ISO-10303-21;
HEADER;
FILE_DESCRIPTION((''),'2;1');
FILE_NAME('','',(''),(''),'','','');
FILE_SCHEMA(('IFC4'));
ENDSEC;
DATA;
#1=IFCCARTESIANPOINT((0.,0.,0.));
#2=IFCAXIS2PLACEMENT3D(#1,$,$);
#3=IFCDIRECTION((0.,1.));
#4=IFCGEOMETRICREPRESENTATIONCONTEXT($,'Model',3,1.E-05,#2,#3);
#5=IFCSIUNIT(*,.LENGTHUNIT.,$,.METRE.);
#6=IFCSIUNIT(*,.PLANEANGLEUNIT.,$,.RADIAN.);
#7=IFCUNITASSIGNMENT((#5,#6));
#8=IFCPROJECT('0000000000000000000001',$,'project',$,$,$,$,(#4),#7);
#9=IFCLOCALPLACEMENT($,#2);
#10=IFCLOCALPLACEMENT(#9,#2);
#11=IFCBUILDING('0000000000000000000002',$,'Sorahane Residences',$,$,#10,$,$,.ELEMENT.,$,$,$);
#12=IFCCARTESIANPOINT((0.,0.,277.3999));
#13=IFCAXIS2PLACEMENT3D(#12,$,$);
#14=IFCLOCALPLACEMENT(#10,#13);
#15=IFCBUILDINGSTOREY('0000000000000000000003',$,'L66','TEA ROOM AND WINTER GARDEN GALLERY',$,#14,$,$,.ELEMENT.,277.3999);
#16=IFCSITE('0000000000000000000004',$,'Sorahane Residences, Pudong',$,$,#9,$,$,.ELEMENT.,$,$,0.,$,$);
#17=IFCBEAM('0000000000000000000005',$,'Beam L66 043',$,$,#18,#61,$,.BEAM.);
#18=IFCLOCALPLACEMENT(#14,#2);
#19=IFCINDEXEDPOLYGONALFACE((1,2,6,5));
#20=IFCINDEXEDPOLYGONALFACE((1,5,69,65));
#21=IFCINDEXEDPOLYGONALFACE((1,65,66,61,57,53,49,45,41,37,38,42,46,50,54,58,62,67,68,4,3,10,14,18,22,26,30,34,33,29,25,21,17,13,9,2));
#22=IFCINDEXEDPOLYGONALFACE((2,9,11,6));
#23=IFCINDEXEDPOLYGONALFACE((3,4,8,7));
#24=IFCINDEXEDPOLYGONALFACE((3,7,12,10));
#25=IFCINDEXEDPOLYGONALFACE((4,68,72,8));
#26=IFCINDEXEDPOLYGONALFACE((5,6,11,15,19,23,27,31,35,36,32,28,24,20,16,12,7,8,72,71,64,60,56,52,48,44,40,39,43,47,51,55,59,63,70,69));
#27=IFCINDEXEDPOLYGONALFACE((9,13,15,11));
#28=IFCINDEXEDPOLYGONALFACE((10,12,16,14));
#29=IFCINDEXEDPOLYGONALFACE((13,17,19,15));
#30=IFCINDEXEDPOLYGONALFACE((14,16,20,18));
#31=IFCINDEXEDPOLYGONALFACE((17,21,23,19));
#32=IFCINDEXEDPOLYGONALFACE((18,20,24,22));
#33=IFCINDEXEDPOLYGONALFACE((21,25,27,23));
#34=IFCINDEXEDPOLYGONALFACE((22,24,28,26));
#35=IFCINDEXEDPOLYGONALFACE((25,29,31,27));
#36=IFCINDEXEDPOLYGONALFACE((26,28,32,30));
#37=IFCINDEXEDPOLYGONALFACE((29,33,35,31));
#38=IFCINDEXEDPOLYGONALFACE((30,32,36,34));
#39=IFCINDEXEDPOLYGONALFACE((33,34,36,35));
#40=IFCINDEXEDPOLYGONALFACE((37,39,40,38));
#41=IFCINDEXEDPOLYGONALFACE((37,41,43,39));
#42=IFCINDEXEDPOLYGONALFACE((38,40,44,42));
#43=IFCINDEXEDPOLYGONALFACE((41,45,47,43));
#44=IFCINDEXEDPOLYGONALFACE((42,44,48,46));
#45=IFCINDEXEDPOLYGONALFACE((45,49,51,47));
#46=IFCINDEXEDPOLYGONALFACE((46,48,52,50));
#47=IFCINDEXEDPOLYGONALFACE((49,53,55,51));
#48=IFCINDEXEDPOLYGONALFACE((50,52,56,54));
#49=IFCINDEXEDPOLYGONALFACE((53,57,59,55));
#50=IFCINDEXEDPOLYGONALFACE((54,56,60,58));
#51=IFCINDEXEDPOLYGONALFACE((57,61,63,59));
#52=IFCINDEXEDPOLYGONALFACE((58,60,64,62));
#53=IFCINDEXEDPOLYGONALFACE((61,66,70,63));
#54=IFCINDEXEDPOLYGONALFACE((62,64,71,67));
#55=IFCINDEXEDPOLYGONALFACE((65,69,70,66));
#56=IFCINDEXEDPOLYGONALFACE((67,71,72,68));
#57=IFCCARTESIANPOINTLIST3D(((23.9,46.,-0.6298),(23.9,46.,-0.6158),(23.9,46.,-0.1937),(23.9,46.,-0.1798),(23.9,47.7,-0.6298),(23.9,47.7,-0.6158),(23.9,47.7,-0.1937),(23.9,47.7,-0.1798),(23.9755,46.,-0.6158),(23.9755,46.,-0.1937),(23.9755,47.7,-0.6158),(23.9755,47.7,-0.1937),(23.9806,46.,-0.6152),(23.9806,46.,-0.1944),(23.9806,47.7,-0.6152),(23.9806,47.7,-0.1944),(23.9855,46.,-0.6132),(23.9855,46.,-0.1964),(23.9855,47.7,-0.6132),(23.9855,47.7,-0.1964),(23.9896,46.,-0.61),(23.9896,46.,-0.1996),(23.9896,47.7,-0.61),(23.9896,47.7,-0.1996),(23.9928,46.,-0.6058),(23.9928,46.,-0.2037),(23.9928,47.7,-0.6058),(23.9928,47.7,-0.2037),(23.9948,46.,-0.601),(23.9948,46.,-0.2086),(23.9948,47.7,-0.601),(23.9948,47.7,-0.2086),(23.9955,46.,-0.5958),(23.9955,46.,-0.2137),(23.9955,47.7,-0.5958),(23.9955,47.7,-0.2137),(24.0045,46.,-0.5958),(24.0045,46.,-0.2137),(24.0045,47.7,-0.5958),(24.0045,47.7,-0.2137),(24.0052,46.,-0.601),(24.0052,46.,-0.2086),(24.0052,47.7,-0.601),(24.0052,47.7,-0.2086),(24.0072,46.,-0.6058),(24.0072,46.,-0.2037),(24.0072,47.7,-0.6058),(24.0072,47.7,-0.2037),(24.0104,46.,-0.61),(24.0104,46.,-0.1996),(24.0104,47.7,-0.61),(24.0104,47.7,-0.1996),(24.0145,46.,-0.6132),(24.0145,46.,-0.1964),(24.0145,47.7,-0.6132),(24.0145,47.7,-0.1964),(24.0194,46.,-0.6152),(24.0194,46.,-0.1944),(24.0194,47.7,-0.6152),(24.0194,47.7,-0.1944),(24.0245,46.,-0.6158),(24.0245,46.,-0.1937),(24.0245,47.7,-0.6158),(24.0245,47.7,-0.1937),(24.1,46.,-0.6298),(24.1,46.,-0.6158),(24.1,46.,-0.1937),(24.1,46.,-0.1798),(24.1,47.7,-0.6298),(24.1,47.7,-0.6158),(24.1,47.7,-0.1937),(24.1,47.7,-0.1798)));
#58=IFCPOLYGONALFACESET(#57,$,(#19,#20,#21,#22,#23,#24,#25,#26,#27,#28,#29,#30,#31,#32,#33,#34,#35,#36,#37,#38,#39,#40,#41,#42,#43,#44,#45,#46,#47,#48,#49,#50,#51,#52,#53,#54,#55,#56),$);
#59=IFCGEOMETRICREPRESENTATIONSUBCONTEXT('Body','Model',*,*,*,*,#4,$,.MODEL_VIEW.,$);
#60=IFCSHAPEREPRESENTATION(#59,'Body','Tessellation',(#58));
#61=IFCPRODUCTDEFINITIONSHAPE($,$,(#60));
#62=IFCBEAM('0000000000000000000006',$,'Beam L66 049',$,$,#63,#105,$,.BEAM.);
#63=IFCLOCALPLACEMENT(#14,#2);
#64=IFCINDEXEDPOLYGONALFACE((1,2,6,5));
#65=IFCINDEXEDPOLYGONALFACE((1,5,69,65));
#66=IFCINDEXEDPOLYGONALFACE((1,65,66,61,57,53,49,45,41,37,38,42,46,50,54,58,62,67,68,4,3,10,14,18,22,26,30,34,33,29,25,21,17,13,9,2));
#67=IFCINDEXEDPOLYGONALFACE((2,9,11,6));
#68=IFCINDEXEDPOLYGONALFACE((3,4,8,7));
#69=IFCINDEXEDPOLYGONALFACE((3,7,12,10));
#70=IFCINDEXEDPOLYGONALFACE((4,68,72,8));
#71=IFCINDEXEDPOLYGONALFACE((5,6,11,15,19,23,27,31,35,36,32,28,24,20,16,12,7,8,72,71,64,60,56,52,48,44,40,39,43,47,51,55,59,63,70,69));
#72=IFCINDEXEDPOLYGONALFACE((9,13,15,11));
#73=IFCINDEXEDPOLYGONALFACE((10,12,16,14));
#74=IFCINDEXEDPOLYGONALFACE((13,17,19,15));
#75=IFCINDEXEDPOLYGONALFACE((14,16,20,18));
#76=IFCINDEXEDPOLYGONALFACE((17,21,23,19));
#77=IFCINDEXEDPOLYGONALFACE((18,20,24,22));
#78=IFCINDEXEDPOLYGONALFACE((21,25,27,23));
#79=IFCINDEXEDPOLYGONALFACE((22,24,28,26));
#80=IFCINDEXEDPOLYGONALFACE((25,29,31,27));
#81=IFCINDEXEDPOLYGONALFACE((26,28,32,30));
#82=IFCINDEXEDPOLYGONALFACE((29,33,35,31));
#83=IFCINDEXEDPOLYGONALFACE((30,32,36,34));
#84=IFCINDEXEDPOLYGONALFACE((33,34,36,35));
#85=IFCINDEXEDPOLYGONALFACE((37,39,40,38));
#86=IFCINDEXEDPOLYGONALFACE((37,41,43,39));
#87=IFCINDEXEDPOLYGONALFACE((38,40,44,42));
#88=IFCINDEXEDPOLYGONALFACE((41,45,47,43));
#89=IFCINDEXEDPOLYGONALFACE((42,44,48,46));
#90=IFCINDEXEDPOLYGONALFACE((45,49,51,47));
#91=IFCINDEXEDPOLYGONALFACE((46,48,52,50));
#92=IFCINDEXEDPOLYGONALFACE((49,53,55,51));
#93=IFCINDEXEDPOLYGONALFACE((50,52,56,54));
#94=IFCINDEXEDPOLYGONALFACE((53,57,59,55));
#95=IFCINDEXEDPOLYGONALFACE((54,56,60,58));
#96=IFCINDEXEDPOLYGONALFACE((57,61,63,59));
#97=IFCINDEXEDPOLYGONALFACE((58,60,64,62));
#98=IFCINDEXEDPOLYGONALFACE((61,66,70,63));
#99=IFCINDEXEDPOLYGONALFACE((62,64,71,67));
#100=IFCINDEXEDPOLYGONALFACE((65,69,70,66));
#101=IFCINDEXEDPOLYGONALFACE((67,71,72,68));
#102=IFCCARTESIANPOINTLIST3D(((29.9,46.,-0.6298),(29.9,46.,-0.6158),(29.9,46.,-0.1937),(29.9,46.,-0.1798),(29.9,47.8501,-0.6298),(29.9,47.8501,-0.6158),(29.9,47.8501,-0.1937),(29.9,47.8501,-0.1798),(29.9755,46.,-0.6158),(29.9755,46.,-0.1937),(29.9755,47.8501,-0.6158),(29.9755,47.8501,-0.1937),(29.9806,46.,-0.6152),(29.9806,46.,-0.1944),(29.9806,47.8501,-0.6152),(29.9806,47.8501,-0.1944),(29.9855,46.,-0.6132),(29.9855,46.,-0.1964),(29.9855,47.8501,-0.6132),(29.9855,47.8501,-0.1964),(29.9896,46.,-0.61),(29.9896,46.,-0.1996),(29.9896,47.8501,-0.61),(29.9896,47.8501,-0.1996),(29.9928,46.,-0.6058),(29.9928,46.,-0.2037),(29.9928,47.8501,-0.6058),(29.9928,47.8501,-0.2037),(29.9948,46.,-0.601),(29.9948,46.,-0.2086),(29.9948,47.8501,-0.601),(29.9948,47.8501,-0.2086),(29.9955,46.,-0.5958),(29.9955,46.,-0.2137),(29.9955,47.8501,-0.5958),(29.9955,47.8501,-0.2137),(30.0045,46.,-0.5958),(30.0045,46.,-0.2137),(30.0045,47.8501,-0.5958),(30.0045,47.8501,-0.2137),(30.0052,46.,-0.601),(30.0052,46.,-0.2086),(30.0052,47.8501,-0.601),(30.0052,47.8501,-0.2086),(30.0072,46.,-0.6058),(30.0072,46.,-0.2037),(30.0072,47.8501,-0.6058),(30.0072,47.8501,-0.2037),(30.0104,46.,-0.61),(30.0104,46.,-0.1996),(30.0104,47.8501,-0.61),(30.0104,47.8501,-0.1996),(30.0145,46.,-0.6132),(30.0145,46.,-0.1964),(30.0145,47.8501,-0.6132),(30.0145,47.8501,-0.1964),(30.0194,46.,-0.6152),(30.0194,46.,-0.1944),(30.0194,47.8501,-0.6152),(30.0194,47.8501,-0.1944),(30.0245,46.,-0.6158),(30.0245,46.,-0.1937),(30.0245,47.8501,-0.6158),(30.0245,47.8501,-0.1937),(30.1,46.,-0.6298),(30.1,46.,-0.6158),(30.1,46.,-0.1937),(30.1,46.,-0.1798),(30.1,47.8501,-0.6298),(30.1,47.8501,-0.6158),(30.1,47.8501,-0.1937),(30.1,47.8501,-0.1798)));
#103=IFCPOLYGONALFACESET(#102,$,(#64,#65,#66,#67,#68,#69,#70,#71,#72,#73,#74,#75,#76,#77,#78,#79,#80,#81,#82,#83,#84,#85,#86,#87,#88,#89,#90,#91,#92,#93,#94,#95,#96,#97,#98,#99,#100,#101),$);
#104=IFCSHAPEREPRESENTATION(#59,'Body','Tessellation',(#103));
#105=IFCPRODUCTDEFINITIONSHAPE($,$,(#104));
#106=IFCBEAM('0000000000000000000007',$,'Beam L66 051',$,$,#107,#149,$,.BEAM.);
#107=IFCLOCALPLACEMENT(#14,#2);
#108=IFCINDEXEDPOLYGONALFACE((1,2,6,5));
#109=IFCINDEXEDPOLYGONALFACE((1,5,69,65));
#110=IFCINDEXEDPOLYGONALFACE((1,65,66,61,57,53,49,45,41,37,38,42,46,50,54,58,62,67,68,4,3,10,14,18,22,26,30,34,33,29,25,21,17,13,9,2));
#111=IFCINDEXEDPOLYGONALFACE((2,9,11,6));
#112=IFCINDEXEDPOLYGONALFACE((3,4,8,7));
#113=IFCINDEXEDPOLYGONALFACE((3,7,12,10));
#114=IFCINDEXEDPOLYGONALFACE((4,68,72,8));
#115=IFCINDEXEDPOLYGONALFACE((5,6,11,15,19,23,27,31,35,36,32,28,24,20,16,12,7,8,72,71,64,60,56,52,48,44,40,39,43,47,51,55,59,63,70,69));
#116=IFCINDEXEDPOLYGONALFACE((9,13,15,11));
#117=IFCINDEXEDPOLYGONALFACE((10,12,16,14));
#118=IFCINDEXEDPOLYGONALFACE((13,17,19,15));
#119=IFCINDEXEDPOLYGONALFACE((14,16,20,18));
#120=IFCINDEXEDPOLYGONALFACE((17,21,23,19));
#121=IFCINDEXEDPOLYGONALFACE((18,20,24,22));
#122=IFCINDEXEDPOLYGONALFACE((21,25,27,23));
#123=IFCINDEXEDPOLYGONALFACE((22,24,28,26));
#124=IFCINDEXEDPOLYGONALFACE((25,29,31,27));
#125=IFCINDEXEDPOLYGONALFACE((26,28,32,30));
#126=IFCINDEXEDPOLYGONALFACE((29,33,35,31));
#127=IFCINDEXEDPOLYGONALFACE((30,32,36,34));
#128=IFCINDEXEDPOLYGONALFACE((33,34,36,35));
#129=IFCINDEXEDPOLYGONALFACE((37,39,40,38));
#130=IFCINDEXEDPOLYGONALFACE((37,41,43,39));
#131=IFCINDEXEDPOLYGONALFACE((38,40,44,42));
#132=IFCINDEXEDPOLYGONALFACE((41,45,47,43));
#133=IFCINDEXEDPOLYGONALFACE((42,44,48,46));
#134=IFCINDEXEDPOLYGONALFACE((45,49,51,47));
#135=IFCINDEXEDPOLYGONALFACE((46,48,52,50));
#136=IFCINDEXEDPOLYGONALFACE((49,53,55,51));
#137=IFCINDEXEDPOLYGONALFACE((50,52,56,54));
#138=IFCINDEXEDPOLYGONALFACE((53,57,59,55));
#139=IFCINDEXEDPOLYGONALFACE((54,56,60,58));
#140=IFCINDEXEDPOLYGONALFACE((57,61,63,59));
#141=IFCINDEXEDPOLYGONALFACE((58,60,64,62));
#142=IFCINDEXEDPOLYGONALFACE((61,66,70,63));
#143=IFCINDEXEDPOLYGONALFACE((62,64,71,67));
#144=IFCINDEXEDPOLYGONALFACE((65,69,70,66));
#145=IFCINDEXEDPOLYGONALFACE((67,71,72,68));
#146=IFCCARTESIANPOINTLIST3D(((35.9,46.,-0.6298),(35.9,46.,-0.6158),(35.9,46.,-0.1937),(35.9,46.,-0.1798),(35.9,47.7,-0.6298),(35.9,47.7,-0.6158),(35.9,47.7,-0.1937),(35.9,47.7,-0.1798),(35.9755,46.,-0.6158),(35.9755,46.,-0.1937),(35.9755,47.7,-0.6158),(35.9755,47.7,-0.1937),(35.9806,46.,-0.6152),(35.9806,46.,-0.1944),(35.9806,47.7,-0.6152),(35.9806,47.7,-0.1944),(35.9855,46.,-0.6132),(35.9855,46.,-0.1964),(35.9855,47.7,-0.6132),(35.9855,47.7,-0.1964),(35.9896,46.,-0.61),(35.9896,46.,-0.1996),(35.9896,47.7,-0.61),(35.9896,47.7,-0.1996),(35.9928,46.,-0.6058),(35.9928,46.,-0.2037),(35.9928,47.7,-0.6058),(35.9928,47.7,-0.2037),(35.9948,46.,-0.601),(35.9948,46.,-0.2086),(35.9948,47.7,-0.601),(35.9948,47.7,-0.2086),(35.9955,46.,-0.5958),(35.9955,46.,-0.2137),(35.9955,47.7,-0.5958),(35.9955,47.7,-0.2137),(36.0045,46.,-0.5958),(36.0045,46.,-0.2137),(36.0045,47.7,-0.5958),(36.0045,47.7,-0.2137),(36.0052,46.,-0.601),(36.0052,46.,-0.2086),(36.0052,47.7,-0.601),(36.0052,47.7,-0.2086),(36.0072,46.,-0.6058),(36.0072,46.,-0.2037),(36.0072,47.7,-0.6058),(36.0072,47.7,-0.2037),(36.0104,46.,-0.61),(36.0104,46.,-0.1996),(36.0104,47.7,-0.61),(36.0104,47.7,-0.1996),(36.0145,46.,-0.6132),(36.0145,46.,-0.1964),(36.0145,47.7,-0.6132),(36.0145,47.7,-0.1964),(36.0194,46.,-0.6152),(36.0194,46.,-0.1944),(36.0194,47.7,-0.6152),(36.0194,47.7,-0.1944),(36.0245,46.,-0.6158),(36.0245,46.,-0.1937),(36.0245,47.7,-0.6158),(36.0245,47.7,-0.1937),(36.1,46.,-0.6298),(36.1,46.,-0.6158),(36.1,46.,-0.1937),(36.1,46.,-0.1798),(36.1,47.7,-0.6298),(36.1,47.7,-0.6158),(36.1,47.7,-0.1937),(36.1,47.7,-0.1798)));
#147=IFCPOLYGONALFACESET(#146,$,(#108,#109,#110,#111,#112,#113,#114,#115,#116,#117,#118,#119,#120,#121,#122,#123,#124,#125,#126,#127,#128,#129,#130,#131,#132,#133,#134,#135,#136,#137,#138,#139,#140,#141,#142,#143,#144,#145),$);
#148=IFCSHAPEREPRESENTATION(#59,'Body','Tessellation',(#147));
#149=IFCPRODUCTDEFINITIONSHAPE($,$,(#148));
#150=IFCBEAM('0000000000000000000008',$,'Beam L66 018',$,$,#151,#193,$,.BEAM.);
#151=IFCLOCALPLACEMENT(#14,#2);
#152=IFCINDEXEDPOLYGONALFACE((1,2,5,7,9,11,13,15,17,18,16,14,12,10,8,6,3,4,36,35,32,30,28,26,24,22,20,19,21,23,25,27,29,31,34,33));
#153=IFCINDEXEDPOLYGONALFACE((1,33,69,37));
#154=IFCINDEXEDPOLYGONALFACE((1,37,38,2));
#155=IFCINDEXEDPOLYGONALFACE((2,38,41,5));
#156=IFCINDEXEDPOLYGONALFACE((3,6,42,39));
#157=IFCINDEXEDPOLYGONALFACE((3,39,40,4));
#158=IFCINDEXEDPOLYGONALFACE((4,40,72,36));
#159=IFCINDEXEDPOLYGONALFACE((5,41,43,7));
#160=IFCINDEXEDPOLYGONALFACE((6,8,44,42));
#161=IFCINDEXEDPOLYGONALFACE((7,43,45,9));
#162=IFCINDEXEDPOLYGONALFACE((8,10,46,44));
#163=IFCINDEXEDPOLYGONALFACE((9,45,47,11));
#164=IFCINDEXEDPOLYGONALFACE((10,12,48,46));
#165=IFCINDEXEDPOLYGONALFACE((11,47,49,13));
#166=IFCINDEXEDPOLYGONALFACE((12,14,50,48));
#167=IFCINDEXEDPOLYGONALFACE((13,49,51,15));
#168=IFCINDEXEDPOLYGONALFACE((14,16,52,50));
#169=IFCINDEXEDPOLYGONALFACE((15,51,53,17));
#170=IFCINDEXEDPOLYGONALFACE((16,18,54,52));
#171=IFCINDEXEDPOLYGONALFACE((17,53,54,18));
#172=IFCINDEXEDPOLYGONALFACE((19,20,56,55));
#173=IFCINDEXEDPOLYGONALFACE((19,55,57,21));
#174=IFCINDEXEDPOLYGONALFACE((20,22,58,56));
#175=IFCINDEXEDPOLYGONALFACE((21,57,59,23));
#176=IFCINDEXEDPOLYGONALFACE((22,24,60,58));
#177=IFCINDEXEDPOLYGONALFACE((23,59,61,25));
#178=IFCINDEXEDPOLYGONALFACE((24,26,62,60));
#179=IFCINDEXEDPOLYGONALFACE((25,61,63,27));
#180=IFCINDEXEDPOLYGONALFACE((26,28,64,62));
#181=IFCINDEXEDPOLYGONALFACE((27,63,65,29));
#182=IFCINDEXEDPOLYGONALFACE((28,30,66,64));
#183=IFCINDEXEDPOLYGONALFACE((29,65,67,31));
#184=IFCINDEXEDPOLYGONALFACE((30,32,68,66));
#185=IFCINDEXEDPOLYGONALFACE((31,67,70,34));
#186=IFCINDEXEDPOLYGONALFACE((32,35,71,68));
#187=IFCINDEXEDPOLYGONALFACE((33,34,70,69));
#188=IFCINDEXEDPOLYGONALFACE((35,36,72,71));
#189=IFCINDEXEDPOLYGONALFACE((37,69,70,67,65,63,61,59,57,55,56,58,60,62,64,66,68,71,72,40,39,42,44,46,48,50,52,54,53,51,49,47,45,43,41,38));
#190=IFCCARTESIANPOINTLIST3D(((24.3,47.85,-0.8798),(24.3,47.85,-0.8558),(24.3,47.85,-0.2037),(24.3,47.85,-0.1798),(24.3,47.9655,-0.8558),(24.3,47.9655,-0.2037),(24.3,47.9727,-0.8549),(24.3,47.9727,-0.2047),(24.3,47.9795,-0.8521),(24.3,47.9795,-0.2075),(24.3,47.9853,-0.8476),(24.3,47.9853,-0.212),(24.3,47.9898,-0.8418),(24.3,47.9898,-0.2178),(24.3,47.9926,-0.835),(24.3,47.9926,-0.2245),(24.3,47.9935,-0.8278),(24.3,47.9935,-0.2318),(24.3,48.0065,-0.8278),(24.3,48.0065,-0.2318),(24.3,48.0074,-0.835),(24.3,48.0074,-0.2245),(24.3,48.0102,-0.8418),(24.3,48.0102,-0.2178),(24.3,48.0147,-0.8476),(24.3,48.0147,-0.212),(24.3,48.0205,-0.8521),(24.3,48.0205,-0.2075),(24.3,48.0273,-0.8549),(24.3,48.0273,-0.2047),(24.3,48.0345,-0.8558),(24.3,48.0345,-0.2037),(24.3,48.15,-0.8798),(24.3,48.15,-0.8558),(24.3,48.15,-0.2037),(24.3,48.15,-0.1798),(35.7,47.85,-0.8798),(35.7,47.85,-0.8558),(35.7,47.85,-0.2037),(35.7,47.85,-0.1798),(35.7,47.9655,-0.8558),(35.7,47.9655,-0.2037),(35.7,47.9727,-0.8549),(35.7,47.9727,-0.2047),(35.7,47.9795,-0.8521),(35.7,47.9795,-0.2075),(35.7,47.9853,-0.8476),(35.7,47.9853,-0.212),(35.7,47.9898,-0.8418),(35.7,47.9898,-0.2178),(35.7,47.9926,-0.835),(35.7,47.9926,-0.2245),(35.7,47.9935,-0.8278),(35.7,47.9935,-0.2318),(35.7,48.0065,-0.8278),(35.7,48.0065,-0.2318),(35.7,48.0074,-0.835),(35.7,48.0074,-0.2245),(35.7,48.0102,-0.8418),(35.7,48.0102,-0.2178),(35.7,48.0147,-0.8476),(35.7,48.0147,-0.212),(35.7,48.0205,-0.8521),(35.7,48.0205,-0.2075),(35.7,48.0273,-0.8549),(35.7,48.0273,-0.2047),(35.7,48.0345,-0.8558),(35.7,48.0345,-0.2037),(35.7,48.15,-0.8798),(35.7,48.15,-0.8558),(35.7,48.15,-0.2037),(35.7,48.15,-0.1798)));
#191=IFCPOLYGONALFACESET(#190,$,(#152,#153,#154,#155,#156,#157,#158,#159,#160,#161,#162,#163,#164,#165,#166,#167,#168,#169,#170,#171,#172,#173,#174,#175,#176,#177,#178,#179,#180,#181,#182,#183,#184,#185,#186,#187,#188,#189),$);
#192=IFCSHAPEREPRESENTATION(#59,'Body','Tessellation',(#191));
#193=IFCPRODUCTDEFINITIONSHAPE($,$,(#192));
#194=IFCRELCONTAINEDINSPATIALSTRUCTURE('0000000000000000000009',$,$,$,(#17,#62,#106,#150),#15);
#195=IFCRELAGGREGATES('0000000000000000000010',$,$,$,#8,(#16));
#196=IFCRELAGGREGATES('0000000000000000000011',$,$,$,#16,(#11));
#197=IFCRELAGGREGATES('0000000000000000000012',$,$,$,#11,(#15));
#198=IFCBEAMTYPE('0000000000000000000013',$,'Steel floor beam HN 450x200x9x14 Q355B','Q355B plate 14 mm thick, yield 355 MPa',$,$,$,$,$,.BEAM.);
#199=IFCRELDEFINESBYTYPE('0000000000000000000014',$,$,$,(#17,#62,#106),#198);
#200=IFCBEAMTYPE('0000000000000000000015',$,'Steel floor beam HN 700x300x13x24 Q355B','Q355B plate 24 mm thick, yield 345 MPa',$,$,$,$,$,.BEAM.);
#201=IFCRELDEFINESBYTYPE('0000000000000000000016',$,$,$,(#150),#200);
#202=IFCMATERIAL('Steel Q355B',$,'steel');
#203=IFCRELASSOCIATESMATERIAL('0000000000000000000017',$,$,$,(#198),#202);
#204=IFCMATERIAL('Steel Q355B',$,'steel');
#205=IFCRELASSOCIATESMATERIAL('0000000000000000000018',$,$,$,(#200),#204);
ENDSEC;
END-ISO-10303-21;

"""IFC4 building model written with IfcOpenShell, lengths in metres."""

from ifc_helpers import new_model, si_unit, direction, frame, origin, origin_2d, place, context, subcontext, project, spatial, i_section, extrude, material, material_profile, profile_set, type_object, element, save


model = new_model("IFC4")

# Units and contexts
model_context = context("Model", 3, precision=1e-05, world=origin(), true_north=direction((0.0, 1.0)))
body_context = subcontext(model_context, "Body", "Model", "MODEL_VIEW")
ifc_project = project(units=[si_unit("LENGTHUNIT", "METRE"), si_unit("PLANEANGLEUNIT", "RADIAN")], contexts=[model_context])

# Site, building, storey
site_placement = place(None, origin())
site = spatial("IfcSite", under=ifc_project, at=site_placement, Name="Sorahane Residences, Pudong", CompositionType="ELEMENT", RefElevation=0.0)
building_placement = place(site_placement, origin())
building = spatial("IfcBuilding", under=site, at=building_placement, Name="Sorahane Residences", CompositionType="ELEMENT")
storey_placement = place(building_placement, frame((0.0, 0.0, 277.3999)))
storey = spatial("IfcBuildingStorey", under=building, at=storey_placement, Name="L66", Description="TEA ROOM AND WINTER GARDEN GALLERY", CompositionType="ELEMENT", Elevation=277.3999)

# Beams
ifc_material_1 = material(Name="Steel Q355B", Category="steel")
ifc_material_profile_1 = material_profile(ifc_material_1, i_section(OverallWidth=0.2, OverallDepth=0.45, WebThickness=0.009, FlangeThickness=0.0139, FilletRadius=0.02, at=origin_2d()), Name="HN 450x200x9x14")
ifc_profile_set_1 = profile_set([ifc_material_profile_1], Name="Steel Q355B")
beam_type_1 = type_object("IfcBeamType", Name="Steel floor beam HN 450x200x9x14 Q355B", Description="Q355B plate 14 mm thick, yield 355 MPa", PredefinedType="BEAM", material=ifc_profile_set_1)
beam_1_placement = place(storey_placement, frame((24.0, 46.0, -0.4048), z_axis=(0.0, 1.0, 0.0), x_axis=(-1.0, 0.0, 0.0)))
element("IfcBeam", 1, at=beam_1_placement, inside=storey, type_object=beam_type_1, Name="Beam L66 043", PredefinedType="BEAM", context=body_context, shape_type="SweptSolid", body=[
    extrude(i_section(OverallWidth=0.2, OverallDepth=0.45, WebThickness=0.009, FlangeThickness=0.0139, FilletRadius=0.02, at=origin_2d()), origin(), (0.0, 0.0, 1.0), 1.7),
])
beam_2_placement = place(storey_placement, frame((30.0, 46.0, -0.4048), z_axis=(0.0, 1.0, 0.0), x_axis=(-1.0, 0.0, 0.0)))
element("IfcBeam", 2, at=beam_2_placement, inside=storey, type_object=beam_type_1, Name="Beam L66 049", PredefinedType="BEAM", context=body_context, shape_type="SweptSolid", body=[
    extrude(i_section(OverallWidth=0.2, OverallDepth=0.45, WebThickness=0.009, FlangeThickness=0.0139, FilletRadius=0.02, at=origin_2d()), origin(), (0.0, 0.0, 1.0), 1.8501),
])
beam_3_placement = place(storey_placement, frame((36.0, 46.0, -0.4048), z_axis=(0.0, 1.0, 0.0), x_axis=(-1.0, 0.0, 0.0)))
element("IfcBeam", 3, at=beam_3_placement, inside=storey, type_object=beam_type_1, Name="Beam L66 051", PredefinedType="BEAM", context=body_context, shape_type="SweptSolid", body=[
    extrude(i_section(OverallWidth=0.2, OverallDepth=0.45, WebThickness=0.009, FlangeThickness=0.0139, FilletRadius=0.02, at=origin_2d()), origin(), (0.0, 0.0, 1.0), 1.7),
])
ifc_material_2 = material(Name="Steel Q355B", Category="steel")
ifc_material_profile_2 = material_profile(ifc_material_2, i_section(OverallWidth=0.3, OverallDepth=0.7, WebThickness=0.0129, FlangeThickness=0.0239, FilletRadius=0.0281, at=origin_2d()), Name="HN 700x300x13x24")
ifc_profile_set_2 = profile_set([ifc_material_profile_2], Name="Steel Q355B")
beam_type_2 = type_object("IfcBeamType", Name="Steel floor beam HN 700x300x13x24 Q355B", Description="Q355B plate 24 mm thick, yield 345 MPa", PredefinedType="BEAM", material=ifc_profile_set_2)
for number, where, z_axis, x_axis, name in (
    (4, (24.3, 48.0, -0.5298), (1.0, 0.0, 0.0), (0.0, 1.0, 0.0), "Beam L66 018"),
):
    element("IfcBeam", number, at=place(storey_placement, frame(where, z_axis=z_axis, x_axis=x_axis)), inside=storey, type_object=beam_type_2, Name=name, PredefinedType="BEAM", context=body_context, shape_type="SweptSolid", body=[
        extrude(i_section(OverallWidth=0.3, OverallDepth=0.7, WebThickness=0.0129, FlangeThickness=0.0239, FilletRadius=0.0281, at=origin_2d()), origin(), (0.0, 0.0, 1.0), 11.3999),
    ])

save(model, "model.ifc")
